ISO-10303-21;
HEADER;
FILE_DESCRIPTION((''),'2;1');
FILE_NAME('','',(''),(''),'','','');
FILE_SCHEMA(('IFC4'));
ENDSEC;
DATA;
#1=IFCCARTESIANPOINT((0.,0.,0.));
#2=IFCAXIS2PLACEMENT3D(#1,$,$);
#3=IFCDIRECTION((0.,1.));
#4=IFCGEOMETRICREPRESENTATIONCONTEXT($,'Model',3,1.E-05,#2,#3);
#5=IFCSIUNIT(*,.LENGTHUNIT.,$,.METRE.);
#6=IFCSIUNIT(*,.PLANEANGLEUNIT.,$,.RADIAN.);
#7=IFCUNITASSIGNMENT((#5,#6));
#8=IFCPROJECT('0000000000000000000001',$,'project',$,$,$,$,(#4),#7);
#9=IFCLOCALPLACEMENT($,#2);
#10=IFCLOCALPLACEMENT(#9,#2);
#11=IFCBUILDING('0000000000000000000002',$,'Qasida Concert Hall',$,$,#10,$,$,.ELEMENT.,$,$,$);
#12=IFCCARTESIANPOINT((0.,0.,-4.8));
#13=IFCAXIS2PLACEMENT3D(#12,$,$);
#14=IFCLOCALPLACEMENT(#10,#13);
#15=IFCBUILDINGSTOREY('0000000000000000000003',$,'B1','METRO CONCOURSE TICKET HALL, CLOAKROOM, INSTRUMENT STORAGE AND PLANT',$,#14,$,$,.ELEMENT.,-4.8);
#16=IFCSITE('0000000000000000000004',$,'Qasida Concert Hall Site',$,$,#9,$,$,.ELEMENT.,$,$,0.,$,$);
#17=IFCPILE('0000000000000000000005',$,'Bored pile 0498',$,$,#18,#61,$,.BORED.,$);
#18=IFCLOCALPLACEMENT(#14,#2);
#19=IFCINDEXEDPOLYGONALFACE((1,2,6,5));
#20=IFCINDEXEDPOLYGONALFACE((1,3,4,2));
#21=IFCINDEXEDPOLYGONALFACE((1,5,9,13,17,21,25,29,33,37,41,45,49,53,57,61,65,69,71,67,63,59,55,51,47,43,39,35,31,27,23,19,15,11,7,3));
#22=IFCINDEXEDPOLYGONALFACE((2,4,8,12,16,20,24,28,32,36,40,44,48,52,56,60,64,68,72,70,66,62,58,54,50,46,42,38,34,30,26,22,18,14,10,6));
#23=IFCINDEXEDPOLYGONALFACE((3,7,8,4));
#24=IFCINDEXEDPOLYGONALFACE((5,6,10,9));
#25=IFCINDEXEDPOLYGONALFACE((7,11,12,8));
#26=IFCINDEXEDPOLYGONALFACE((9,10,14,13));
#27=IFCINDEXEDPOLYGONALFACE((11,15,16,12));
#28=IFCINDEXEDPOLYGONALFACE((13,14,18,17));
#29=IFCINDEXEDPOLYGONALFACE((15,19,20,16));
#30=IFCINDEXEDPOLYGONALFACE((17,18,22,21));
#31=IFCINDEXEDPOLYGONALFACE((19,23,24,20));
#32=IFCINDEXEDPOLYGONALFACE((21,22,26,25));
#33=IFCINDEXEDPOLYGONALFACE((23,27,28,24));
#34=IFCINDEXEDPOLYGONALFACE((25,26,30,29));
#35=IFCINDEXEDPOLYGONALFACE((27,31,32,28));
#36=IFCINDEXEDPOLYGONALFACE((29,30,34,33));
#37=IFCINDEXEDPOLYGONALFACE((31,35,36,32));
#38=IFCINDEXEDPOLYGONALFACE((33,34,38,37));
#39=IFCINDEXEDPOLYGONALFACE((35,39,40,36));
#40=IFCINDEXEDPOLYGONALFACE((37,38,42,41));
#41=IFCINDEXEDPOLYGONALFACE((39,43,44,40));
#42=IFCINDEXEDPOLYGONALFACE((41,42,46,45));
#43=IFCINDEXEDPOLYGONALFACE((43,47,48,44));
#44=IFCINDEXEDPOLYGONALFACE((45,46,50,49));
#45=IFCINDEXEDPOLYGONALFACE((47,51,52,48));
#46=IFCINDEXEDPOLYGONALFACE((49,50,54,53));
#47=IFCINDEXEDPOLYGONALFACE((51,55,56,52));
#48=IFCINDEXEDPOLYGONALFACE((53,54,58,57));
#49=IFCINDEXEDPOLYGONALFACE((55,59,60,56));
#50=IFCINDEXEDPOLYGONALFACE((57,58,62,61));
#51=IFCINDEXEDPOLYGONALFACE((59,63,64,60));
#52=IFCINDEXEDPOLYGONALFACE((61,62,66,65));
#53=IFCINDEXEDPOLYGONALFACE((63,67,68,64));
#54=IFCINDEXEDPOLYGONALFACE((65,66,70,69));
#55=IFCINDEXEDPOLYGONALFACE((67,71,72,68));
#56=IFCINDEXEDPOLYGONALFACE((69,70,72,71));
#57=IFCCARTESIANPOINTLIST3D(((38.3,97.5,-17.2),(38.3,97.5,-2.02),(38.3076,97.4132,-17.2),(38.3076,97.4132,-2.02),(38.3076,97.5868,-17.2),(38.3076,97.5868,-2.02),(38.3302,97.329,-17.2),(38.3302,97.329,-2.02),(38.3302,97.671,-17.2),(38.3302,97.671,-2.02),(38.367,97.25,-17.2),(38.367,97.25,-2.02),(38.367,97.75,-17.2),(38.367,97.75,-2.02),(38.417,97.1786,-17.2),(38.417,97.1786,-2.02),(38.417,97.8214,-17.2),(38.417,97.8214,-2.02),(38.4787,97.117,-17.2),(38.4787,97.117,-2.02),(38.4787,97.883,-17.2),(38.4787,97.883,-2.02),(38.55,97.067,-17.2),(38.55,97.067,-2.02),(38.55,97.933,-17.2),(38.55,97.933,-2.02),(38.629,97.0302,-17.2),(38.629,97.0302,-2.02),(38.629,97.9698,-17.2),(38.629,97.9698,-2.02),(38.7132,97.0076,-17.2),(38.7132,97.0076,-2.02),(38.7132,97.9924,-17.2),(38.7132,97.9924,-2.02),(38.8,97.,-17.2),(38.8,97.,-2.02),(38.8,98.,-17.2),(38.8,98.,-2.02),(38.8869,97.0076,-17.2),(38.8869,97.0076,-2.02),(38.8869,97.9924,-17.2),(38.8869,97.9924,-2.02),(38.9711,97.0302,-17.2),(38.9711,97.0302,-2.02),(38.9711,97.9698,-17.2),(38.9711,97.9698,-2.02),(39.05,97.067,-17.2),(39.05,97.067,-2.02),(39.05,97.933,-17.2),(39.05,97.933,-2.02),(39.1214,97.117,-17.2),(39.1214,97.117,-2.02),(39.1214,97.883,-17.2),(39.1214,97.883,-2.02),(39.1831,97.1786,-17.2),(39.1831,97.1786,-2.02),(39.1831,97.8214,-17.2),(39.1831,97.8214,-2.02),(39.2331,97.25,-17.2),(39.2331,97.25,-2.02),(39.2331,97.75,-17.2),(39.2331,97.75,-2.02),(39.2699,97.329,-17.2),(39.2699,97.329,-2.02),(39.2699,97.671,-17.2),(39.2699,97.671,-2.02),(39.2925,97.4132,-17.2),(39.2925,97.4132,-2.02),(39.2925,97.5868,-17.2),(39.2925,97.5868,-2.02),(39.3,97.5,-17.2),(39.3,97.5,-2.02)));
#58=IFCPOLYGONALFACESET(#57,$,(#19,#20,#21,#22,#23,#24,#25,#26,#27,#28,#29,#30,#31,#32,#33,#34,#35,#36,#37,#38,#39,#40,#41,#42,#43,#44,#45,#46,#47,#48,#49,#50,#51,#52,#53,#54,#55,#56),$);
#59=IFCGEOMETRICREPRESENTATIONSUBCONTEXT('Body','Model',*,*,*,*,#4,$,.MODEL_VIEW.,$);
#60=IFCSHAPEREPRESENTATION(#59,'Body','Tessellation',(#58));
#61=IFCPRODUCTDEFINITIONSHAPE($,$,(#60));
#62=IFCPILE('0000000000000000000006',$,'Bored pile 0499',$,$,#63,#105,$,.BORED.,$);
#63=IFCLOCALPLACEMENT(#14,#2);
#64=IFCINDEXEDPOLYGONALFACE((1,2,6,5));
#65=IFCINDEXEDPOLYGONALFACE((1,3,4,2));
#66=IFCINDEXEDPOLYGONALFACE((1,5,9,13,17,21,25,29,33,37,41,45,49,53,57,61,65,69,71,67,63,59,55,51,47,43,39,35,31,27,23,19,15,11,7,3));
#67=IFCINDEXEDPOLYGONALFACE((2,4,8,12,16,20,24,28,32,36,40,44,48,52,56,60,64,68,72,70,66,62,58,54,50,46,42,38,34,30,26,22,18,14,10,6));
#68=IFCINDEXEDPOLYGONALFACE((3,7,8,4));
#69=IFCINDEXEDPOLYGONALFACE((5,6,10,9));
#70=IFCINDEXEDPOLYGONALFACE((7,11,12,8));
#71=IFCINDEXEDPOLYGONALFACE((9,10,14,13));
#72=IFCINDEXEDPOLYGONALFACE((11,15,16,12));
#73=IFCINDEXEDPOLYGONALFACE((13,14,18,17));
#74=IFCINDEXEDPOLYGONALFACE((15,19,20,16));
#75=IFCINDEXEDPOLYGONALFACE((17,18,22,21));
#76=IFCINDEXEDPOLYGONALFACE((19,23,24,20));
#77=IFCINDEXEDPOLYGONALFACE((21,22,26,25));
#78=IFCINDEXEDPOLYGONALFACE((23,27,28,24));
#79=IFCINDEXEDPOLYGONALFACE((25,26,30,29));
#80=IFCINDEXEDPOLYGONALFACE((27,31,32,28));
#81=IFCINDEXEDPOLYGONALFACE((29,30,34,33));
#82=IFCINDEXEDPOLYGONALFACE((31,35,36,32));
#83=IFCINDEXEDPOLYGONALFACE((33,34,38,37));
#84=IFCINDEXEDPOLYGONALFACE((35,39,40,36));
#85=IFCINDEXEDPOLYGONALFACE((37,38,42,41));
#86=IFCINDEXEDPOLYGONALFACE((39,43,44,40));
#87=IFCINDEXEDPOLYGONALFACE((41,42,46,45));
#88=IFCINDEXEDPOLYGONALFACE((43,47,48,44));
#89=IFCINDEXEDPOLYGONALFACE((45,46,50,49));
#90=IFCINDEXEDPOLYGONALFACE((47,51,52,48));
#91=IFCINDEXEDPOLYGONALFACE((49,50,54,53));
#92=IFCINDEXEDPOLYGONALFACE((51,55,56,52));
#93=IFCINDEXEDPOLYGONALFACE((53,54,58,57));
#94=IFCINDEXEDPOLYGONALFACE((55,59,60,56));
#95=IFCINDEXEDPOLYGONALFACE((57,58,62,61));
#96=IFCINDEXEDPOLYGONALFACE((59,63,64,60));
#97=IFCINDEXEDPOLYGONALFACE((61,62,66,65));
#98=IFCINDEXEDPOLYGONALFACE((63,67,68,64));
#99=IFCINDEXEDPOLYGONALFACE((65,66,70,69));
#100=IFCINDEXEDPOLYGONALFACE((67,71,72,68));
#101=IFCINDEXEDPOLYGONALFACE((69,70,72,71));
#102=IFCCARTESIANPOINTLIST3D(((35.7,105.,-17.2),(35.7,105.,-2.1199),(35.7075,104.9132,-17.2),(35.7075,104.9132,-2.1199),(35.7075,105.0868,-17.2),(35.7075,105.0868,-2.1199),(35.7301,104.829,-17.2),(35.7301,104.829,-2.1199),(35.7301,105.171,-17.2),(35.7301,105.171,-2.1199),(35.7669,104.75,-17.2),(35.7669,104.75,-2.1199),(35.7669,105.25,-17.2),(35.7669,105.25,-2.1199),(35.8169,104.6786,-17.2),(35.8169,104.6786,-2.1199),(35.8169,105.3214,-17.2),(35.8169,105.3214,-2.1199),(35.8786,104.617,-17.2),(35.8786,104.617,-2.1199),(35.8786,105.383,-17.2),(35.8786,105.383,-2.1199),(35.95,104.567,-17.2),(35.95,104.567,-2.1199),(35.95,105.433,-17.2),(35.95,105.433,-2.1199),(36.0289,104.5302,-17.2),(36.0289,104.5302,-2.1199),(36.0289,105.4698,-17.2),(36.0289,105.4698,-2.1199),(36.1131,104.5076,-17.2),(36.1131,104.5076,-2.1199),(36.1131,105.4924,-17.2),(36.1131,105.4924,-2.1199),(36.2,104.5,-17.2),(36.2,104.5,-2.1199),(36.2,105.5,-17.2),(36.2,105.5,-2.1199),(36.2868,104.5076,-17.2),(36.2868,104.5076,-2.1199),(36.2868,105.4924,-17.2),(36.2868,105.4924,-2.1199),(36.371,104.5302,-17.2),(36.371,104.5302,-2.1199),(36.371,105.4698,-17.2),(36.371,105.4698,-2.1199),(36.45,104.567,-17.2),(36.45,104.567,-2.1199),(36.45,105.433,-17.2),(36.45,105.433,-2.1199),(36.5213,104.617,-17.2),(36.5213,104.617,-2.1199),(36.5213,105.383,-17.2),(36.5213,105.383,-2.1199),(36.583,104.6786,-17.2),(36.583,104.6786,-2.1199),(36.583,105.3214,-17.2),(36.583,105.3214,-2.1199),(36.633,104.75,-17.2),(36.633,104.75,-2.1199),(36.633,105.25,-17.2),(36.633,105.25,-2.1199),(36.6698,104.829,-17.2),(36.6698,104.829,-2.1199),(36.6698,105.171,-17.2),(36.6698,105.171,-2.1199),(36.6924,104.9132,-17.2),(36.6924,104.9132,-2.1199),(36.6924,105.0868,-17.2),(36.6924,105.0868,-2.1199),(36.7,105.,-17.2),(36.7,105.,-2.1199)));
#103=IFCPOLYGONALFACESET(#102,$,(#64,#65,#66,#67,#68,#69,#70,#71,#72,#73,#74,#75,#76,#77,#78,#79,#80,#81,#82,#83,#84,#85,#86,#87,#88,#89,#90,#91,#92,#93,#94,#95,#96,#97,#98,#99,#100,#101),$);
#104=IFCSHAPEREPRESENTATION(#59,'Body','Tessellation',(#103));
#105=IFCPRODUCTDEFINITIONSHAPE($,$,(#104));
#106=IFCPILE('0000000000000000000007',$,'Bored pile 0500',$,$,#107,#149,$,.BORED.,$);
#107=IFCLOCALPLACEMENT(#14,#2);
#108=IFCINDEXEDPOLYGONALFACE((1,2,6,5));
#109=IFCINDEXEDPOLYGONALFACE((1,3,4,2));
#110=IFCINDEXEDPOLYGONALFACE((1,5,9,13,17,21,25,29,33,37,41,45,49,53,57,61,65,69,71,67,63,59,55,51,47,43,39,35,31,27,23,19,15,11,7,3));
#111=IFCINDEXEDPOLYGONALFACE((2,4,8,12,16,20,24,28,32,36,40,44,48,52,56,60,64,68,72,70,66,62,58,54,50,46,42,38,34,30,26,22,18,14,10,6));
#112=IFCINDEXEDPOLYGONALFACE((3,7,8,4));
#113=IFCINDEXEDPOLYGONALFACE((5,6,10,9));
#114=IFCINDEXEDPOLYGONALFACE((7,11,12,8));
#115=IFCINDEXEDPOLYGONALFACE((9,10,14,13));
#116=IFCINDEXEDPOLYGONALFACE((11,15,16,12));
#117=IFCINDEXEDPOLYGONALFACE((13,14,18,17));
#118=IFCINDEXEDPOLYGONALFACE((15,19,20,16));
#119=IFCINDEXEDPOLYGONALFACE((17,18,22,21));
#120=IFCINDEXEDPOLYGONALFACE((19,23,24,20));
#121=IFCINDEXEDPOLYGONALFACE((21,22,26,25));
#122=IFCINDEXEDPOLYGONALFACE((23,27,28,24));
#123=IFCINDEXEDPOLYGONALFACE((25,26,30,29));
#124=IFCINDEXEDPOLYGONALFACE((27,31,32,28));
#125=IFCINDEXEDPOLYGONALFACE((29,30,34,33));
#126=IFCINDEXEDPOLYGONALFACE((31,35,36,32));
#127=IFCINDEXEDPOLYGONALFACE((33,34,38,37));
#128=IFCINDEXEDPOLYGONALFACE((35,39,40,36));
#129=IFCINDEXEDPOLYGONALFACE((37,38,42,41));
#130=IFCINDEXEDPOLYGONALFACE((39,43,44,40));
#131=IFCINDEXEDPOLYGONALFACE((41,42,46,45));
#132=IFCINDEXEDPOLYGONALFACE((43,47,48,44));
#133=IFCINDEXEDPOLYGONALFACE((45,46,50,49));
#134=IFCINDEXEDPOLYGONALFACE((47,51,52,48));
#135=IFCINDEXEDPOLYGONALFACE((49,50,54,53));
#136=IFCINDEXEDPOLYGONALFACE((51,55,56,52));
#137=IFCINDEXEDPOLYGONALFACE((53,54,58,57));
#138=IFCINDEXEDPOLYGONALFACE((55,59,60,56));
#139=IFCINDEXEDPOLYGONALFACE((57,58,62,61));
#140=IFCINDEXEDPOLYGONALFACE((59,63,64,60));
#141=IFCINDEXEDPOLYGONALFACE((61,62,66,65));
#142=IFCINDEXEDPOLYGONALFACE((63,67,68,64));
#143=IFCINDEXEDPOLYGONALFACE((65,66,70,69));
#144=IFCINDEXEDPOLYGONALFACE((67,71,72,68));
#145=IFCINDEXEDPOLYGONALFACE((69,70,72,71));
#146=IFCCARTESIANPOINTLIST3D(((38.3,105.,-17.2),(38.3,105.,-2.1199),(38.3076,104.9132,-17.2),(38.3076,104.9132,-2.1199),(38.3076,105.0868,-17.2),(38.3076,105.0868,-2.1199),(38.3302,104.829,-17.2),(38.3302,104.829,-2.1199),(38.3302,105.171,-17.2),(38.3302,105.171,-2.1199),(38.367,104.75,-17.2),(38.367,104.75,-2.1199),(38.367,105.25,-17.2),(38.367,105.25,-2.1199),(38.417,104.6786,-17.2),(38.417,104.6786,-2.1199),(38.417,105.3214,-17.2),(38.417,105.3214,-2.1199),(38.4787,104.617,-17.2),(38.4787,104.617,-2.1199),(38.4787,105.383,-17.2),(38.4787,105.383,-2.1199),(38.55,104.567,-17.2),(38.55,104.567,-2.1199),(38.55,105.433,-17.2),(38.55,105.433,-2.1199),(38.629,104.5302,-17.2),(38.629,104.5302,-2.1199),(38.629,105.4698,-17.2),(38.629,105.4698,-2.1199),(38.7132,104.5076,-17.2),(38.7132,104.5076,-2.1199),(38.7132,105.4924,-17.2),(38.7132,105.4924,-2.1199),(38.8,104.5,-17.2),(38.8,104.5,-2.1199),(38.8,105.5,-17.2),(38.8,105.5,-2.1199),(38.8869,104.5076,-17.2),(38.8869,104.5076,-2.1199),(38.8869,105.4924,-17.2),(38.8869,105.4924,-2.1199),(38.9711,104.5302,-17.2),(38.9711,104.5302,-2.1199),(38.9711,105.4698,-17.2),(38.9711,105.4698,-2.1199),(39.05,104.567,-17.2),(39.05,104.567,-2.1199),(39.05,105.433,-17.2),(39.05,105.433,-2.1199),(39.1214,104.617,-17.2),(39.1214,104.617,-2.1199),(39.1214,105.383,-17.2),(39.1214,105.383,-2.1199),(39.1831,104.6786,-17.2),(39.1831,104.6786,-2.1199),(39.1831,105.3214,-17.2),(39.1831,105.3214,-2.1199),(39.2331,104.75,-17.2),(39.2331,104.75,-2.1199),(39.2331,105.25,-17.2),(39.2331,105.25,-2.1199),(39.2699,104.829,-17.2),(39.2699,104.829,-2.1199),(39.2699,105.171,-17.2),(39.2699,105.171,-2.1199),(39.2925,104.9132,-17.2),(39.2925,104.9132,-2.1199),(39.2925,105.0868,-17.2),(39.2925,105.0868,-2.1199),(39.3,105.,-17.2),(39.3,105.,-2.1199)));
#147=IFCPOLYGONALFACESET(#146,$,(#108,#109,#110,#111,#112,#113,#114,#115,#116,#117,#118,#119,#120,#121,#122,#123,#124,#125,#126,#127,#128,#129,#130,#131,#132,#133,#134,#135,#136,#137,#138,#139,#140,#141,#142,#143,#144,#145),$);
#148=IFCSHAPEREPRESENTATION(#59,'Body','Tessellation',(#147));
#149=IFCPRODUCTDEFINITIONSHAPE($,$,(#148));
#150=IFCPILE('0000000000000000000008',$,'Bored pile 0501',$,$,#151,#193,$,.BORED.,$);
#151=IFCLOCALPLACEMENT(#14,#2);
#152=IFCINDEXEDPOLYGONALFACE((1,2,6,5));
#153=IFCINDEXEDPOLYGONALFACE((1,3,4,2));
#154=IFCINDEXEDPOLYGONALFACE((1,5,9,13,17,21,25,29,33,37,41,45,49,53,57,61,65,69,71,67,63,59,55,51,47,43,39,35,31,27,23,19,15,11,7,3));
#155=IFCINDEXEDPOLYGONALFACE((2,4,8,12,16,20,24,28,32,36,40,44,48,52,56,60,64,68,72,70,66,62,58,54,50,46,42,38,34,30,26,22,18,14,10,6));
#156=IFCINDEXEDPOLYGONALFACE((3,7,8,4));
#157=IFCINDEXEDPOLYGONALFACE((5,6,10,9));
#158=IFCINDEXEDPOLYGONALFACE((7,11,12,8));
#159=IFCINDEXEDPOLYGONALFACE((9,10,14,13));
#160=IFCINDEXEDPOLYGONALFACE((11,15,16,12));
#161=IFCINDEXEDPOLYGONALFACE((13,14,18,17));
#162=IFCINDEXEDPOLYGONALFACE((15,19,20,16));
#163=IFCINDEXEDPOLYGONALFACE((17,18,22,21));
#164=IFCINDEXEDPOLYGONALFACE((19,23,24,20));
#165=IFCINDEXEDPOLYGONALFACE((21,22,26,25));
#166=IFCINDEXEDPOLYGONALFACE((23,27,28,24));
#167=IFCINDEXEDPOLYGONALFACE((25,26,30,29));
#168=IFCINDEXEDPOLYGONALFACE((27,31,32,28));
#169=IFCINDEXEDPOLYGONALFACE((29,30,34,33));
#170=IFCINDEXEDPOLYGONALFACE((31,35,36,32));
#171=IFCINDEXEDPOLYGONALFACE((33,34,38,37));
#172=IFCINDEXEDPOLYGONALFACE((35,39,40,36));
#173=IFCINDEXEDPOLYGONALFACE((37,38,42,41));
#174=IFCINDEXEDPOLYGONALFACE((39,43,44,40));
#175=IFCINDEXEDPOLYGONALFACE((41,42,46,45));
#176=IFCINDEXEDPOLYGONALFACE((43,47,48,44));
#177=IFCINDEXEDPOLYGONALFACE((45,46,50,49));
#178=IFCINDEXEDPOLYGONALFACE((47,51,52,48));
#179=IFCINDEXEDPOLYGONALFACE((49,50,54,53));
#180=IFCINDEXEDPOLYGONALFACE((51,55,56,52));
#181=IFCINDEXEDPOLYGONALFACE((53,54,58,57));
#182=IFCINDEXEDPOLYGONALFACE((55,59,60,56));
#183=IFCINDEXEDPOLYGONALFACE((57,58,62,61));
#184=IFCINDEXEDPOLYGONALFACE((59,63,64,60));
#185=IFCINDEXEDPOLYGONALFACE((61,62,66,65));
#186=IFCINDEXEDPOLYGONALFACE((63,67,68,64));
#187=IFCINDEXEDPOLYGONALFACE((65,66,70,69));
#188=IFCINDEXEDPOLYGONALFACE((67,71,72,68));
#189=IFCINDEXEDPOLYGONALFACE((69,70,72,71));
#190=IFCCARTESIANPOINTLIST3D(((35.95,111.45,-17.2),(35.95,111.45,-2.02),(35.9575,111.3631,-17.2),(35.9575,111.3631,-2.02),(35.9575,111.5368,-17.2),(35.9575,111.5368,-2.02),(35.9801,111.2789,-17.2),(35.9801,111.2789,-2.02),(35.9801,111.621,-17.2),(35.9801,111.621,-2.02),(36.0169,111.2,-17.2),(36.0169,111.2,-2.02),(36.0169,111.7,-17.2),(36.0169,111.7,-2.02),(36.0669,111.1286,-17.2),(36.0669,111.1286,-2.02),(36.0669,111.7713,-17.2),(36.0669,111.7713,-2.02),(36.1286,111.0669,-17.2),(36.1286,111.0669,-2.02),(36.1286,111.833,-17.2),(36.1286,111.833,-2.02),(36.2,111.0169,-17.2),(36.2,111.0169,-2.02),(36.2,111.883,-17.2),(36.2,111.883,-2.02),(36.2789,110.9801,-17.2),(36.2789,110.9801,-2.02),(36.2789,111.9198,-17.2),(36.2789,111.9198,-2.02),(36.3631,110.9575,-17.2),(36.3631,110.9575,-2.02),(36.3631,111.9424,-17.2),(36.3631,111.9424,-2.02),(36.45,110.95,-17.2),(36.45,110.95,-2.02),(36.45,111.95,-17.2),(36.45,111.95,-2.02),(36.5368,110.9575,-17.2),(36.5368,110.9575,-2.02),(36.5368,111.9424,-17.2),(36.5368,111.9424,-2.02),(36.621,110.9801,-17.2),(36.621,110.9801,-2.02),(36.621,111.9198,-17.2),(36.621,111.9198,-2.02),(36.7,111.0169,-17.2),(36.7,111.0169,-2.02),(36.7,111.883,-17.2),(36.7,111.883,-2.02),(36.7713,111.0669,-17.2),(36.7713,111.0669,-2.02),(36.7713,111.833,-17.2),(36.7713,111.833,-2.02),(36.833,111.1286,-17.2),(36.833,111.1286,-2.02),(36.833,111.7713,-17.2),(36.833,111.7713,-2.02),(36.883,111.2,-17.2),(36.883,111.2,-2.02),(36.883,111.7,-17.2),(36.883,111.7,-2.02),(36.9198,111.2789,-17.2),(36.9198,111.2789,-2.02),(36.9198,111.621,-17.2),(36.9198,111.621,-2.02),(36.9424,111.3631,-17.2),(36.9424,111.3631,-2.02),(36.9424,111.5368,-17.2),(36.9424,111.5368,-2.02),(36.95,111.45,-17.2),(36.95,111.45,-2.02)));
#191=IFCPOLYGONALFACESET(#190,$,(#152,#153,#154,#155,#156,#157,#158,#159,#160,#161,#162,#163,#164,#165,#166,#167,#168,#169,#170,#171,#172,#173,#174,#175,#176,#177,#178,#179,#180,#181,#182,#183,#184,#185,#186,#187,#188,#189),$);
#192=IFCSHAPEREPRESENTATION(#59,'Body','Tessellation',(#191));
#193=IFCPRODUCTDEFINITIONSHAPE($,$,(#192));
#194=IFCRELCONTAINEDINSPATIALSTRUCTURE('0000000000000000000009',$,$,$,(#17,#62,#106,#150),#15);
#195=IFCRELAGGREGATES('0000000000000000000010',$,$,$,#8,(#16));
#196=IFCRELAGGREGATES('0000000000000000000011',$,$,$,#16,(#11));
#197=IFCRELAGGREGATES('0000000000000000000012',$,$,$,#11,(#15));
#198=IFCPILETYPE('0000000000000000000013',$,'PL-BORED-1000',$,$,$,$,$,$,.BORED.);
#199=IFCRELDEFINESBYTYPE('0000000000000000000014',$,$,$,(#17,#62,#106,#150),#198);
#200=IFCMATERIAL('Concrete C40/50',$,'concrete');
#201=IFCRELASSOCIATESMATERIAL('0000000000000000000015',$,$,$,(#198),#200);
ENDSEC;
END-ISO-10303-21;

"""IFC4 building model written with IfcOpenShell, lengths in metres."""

from ifc_helpers import new_model, si_unit, direction, frame, origin, origin_2d, place, context, subcontext, project, spatial, circle, extrude, material, material_profile, profile_set, type_object, element, save


model = new_model("IFC4")

# Units and contexts
model_context = context("Model", 3, precision=1e-05, world=origin(), true_north=direction((0.0, 1.0)))
body_context = subcontext(model_context, "Body", "Model", "MODEL_VIEW")
ifc_project = project(units=[si_unit("LENGTHUNIT", "METRE"), si_unit("PLANEANGLEUNIT", "RADIAN")], contexts=[model_context])

# Site, building, storey
site_placement = place(None, origin())
site = spatial("IfcSite", under=ifc_project, at=site_placement, Name="Qasida Concert Hall Site", CompositionType="ELEMENT", RefElevation=0.0)
building_placement = place(site_placement, origin())
building = spatial("IfcBuilding", under=site, at=building_placement, Name="Qasida Concert Hall", CompositionType="ELEMENT")
storey_placement = place(building_placement, frame((0.0, 0.0, -4.8)))
storey = spatial("IfcBuildingStorey", under=building, at=storey_placement, Name="B1", Description="METRO CONCOURSE TICKET HALL, CLOAKROOM, INSTRUMENT STORAGE AND PLANT", CompositionType="ELEMENT", Elevation=-4.8)

# Shared definitions
ifc_material_1 = material(Name="Concrete C40/50", Category="concrete")

# Piles
ifc_material_profile_1 = material_profile(ifc_material_1, circle(Radius=0.5, at=origin_2d()), Name="BORED PILE D1000")
ifc_profile_set_1 = profile_set([ifc_material_profile_1], Name="Concrete C40/50")
pile_type_1 = type_object("IfcPileType", Name="PL-BORED-1000", PredefinedType="BORED", material=ifc_profile_set_1)
for number, where, z_axis, x_axis, name in (
    (1, (38.8, 97.5, -2.02), (0.0, 0.0, -1.0), (1.0, 0.0, 0.0), "Bored pile 0498"),
):
    element("IfcPile", number, at=place(storey_placement, frame(where, z_axis=z_axis, x_axis=x_axis)), inside=storey, type_object=pile_type_1, Name=name, PredefinedType="BORED", context=body_context, shape_type="SweptSolid", body=[
        extrude(circle(Radius=0.5, at=origin_2d()), origin(), (0.0, 0.0, 1.0), 15.1799),
    ])
for number, where, z_axis, x_axis, name in (
    (2, (36.2, 105.0, -2.1199), (0.0, 0.0, -1.0), (1.0, 0.0, 0.0), "Bored pile 0499"),
    (3, (38.8, 105.0, -2.1199), (0.0, 0.0, -1.0), (1.0, 0.0, 0.0), "Bored pile 0500"),
):
    element("IfcPile", number, at=place(storey_placement, frame(where, z_axis=z_axis, x_axis=x_axis)), inside=storey, type_object=pile_type_1, Name=name, PredefinedType="BORED", context=body_context, shape_type="SweptSolid", body=[
        extrude(circle(Radius=0.5, at=origin_2d()), origin(), (0.0, 0.0, 1.0), 15.0801),
    ])
for number, where, z_axis, x_axis, name in (
    (4, (36.45, 111.45, -2.02), (0.0, 0.0, -1.0), (1.0, 0.0, 0.0), "Bored pile 0501"),
):
    element("IfcPile", number, at=place(storey_placement, frame(where, z_axis=z_axis, x_axis=x_axis)), inside=storey, type_object=pile_type_1, Name=name, PredefinedType="BORED", context=body_context, shape_type="SweptSolid", body=[
        extrude(circle(Radius=0.5, at=origin_2d()), origin(), (0.0, 0.0, 1.0), 15.1799),
    ])

save(model, "model.ifc")
